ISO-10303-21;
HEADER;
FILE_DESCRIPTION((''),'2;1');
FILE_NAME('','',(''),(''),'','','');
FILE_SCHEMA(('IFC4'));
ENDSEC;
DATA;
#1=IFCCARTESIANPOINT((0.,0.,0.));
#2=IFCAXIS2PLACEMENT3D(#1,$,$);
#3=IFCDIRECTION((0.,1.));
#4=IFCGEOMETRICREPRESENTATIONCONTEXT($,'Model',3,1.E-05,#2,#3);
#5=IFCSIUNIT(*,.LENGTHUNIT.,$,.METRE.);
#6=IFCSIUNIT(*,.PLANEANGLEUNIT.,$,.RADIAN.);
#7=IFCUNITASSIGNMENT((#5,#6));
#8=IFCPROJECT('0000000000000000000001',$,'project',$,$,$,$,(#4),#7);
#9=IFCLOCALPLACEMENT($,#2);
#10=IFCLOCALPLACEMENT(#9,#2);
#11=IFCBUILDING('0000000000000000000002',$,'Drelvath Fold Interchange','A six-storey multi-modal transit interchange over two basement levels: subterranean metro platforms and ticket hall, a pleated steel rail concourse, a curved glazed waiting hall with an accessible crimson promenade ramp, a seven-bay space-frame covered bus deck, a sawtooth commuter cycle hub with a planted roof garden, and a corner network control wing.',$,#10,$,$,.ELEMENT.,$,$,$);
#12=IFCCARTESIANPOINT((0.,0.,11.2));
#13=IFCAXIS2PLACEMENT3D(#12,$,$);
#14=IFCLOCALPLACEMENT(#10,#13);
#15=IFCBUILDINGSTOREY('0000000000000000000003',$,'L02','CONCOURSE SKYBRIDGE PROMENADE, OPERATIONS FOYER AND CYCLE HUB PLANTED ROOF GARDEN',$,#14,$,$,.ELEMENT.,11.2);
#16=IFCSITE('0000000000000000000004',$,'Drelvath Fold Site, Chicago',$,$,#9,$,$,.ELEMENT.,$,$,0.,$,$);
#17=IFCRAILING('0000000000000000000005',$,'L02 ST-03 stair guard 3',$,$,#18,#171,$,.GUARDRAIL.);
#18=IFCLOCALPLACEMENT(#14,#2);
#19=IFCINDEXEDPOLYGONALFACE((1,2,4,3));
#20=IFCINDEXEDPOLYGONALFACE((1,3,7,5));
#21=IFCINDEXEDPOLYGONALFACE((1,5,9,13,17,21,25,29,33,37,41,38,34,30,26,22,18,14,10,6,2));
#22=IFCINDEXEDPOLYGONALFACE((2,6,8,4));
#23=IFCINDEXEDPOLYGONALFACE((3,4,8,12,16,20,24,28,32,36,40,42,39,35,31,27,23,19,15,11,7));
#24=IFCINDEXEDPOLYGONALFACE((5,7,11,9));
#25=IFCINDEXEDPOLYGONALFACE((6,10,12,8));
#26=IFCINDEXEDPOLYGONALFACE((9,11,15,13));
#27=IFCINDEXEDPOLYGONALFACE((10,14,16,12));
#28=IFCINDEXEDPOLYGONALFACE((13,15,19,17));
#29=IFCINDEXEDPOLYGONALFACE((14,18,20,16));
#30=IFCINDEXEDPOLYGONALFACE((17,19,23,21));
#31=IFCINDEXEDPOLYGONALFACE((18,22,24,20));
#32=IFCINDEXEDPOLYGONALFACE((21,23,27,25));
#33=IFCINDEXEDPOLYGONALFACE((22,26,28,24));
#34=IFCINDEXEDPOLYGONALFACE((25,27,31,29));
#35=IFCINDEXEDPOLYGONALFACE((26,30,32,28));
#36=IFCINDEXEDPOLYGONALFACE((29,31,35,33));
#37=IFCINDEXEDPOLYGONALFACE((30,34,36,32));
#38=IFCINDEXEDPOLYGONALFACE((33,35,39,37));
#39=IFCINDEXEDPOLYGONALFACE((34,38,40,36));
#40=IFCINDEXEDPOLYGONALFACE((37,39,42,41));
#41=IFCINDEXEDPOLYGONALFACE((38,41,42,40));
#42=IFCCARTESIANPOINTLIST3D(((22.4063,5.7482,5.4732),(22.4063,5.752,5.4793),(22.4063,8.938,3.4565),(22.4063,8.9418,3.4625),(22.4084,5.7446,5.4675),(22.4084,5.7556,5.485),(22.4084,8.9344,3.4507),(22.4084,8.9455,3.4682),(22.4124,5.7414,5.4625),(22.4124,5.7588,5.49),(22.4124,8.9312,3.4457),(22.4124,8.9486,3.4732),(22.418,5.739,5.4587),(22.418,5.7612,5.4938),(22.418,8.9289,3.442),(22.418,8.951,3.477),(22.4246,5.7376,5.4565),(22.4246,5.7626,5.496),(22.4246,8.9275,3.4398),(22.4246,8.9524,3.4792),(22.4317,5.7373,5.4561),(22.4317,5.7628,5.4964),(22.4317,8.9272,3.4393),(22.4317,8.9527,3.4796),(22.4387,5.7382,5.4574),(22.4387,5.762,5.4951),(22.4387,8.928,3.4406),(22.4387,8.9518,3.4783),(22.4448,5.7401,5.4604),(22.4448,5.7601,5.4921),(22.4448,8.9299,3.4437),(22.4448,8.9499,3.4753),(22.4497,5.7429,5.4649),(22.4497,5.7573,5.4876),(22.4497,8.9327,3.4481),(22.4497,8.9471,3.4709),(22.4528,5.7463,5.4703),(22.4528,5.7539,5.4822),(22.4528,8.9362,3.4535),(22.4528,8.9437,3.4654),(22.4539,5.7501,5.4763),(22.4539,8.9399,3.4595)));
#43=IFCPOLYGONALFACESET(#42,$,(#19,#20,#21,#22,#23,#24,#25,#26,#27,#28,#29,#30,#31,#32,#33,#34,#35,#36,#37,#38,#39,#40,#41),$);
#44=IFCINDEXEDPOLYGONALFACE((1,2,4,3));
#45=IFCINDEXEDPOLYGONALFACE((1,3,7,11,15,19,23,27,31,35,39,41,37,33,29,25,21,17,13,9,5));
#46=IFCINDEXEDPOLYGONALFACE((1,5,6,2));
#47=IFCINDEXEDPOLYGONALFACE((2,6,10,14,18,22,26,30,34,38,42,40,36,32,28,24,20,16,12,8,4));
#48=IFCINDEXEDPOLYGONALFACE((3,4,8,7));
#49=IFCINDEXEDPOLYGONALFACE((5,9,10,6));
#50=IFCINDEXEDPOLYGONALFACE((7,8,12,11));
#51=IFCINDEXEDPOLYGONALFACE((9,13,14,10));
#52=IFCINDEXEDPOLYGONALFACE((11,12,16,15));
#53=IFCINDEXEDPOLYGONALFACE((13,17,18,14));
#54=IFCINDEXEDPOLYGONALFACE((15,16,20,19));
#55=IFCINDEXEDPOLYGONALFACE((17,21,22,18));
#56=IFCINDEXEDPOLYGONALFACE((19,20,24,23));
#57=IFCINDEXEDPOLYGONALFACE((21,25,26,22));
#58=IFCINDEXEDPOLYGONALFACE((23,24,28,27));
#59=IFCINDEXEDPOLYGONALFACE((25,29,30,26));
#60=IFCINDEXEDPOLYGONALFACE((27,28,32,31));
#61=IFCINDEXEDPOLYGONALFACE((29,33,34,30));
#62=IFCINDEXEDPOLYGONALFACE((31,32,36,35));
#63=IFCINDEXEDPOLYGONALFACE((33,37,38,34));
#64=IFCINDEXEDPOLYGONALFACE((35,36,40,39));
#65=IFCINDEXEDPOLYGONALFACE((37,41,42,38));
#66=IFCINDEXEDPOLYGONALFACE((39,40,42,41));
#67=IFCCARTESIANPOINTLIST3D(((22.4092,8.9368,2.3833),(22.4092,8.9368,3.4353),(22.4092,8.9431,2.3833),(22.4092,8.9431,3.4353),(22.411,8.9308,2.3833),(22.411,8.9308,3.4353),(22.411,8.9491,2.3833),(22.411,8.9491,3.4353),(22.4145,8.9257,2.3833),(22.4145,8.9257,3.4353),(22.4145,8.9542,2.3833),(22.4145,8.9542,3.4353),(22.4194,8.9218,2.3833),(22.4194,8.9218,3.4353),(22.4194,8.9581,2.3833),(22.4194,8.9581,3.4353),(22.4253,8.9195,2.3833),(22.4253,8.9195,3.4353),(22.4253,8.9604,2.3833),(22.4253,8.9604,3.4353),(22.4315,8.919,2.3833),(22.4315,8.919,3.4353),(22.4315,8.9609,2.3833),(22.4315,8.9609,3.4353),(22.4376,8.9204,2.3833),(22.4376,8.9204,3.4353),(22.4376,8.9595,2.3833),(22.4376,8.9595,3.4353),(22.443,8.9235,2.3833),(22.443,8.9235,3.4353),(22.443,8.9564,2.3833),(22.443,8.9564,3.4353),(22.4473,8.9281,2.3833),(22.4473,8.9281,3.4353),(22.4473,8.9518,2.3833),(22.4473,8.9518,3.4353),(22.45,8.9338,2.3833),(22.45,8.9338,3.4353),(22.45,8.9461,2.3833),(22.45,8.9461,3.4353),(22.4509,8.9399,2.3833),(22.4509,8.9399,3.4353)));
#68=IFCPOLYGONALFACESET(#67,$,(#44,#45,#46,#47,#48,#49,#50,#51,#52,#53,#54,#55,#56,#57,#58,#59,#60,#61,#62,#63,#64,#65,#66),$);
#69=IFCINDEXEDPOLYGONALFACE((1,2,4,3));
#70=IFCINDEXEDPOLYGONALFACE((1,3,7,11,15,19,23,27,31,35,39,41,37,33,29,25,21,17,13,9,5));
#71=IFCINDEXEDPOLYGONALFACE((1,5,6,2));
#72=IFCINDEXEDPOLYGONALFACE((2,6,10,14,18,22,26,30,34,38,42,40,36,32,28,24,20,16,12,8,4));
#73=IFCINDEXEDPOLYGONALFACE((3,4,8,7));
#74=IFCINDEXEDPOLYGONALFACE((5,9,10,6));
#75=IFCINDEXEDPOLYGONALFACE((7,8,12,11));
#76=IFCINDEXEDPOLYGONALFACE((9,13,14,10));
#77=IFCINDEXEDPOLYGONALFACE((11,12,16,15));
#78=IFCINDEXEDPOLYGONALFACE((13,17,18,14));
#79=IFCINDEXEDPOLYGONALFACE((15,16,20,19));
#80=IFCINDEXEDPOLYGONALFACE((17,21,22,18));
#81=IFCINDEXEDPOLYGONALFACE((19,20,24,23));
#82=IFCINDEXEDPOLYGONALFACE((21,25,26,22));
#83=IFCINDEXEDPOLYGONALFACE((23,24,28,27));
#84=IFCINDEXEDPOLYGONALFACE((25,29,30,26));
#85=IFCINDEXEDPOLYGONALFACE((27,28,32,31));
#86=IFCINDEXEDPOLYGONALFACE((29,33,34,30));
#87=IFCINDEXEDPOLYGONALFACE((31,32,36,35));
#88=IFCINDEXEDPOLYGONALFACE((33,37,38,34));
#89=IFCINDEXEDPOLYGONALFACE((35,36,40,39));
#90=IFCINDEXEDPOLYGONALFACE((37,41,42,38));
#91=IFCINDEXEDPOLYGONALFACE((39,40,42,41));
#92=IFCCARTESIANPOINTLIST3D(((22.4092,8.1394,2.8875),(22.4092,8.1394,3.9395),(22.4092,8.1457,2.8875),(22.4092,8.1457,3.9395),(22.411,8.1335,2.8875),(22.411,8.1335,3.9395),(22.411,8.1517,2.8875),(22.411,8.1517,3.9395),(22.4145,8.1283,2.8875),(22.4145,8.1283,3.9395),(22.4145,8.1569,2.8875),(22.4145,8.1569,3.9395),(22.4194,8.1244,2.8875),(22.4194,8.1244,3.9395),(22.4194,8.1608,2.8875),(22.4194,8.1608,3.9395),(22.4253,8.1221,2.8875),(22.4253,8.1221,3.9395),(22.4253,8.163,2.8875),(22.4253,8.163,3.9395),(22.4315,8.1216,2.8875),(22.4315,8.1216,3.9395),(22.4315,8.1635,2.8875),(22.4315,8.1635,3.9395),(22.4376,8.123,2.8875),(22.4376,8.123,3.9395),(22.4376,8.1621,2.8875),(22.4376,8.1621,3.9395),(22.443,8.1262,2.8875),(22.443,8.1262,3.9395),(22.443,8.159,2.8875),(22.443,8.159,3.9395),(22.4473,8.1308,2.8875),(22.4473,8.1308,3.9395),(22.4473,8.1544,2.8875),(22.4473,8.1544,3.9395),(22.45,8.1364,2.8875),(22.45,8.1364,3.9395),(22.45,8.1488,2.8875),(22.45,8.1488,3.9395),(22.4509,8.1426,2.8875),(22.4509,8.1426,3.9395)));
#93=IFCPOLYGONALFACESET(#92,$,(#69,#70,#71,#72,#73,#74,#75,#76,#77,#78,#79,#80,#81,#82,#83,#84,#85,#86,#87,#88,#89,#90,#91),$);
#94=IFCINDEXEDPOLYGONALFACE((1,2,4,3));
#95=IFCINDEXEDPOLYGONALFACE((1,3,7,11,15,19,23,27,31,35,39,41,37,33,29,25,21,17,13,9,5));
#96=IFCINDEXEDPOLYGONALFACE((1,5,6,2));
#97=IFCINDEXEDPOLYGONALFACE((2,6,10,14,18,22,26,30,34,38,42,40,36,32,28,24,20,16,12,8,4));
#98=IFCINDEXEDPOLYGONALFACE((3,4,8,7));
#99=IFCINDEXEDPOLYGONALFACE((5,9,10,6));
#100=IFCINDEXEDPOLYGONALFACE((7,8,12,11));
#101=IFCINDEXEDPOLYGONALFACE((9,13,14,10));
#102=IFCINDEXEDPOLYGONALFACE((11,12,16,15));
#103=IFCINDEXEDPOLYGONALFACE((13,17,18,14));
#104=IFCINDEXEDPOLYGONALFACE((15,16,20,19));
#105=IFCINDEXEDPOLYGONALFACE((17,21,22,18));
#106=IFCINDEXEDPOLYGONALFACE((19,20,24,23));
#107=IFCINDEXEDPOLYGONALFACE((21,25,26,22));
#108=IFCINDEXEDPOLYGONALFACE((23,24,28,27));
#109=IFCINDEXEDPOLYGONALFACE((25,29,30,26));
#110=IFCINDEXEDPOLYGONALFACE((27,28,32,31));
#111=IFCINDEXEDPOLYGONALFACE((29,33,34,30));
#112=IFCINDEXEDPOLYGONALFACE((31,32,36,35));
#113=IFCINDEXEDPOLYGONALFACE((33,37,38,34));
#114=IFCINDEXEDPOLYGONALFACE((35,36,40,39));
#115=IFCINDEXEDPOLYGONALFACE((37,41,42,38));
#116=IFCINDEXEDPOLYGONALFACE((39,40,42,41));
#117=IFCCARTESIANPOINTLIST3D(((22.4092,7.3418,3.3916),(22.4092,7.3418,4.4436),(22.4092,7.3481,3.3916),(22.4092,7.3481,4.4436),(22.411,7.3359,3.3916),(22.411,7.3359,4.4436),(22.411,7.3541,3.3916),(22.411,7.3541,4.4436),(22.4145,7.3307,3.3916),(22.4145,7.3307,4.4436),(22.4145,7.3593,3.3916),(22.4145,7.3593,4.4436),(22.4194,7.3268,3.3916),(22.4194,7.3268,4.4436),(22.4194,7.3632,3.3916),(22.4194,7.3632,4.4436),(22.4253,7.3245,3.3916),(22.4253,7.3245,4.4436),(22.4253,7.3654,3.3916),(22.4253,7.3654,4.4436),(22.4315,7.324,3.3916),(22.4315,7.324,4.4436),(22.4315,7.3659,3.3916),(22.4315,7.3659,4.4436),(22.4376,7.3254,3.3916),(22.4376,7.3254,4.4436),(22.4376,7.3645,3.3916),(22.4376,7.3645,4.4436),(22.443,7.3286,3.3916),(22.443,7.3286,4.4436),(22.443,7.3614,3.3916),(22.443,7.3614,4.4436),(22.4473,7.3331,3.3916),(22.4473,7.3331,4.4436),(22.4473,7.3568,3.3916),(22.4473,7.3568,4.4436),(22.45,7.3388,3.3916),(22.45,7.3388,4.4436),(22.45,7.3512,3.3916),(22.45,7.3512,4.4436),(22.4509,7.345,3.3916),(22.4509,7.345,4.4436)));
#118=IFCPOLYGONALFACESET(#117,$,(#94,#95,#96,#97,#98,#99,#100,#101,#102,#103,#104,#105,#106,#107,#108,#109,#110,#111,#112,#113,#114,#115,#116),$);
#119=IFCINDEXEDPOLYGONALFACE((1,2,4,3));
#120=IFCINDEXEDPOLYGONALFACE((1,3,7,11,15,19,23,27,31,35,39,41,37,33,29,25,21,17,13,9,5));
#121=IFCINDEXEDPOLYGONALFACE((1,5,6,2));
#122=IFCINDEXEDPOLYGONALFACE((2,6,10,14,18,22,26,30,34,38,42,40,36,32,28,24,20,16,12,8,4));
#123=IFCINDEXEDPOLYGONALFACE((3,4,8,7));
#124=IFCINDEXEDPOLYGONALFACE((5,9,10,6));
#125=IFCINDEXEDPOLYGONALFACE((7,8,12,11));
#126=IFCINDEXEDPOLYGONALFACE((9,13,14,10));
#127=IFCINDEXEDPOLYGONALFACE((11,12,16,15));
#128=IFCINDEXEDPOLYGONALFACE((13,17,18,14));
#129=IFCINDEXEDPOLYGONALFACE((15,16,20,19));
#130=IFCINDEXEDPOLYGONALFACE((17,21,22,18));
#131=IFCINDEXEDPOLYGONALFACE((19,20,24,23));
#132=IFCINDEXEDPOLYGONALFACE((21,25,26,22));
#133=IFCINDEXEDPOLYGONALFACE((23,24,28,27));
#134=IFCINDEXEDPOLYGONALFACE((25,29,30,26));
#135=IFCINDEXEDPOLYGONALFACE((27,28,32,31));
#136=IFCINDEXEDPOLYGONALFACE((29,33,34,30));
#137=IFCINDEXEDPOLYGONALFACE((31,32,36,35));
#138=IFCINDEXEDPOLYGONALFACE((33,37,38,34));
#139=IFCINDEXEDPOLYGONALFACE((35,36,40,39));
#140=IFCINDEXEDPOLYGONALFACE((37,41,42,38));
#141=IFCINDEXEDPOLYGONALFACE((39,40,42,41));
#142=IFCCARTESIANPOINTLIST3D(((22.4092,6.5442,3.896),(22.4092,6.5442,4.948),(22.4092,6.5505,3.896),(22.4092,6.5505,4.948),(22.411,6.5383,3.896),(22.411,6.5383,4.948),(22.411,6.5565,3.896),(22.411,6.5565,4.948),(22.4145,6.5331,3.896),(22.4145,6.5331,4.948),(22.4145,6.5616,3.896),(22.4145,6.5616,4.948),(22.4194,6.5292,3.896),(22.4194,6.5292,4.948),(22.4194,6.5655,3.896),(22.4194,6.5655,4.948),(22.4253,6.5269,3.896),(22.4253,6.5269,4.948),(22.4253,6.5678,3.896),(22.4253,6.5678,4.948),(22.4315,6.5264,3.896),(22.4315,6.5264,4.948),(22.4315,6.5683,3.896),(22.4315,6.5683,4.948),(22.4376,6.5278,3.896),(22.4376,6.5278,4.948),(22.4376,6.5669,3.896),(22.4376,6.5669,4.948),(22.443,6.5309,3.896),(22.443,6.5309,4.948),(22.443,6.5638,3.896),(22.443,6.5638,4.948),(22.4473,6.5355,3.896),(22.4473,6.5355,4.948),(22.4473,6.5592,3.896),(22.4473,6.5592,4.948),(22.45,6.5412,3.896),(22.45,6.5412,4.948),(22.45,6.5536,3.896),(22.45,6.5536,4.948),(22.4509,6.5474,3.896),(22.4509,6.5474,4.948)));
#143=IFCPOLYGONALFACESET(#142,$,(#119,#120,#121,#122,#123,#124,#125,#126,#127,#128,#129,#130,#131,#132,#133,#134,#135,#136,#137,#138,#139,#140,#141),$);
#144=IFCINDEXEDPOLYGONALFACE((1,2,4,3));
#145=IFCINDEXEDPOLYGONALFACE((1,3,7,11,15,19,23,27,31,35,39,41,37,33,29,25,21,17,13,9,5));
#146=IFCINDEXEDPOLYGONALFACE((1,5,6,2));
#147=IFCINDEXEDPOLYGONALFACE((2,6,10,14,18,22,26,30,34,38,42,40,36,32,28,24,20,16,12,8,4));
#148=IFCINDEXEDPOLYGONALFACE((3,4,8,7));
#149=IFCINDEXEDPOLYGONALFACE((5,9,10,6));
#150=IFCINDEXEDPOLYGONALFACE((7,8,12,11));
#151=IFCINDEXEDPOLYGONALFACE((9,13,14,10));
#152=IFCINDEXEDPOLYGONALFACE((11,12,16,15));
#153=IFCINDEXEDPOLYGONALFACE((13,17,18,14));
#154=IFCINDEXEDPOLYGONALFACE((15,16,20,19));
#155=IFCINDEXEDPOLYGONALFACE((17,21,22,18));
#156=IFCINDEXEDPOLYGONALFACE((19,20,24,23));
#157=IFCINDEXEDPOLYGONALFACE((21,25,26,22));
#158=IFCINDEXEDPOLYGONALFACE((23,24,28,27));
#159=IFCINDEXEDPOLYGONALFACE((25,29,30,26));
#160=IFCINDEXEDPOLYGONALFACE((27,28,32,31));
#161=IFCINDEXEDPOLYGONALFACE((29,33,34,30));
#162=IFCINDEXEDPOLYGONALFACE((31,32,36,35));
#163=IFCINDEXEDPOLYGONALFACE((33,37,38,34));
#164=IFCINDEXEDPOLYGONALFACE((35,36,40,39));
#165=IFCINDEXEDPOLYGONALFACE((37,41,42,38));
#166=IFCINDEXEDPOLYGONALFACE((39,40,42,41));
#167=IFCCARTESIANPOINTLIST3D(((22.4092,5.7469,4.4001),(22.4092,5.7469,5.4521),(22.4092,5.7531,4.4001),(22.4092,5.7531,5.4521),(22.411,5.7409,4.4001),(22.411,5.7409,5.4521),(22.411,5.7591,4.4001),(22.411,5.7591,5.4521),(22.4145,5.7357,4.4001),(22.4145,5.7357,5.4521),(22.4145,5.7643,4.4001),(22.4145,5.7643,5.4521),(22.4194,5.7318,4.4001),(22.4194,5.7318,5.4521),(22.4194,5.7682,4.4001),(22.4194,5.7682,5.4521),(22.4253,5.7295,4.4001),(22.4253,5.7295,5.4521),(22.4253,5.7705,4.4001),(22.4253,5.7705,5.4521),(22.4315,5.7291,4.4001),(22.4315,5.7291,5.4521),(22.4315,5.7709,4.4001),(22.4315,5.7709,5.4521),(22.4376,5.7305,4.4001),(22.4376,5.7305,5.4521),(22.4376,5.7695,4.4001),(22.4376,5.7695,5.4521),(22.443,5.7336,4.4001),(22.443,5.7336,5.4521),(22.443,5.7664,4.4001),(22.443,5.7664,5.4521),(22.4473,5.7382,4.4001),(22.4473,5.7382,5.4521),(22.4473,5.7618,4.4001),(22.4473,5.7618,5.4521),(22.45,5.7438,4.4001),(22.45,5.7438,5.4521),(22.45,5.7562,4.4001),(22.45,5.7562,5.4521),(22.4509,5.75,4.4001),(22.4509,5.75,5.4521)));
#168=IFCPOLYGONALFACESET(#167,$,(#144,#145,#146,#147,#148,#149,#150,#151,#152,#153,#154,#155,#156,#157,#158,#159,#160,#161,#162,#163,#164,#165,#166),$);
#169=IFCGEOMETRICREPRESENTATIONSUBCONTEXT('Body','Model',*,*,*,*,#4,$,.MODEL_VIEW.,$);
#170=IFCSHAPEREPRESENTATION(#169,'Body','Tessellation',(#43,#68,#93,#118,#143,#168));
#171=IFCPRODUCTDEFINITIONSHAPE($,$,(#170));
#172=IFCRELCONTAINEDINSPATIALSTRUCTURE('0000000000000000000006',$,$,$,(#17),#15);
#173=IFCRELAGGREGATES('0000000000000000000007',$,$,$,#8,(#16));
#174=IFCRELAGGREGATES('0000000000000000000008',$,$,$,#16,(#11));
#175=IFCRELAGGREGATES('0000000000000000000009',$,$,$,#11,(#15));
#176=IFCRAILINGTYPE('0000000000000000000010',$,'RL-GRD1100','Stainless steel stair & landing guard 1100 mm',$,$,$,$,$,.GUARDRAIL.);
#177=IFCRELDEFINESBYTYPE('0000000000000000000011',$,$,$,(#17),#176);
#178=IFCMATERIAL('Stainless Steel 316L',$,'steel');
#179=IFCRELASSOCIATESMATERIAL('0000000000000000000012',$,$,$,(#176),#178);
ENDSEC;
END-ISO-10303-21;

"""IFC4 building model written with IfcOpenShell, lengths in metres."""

from ifc_helpers import new_model, si_unit, direction, frame, origin, origin_2d, place, context, subcontext, project, spatial, circle, extrude, material, type_object, element, save


model = new_model("IFC4")

# Units and contexts
model_context = context("Model", 3, precision=1e-05, world=origin(), true_north=direction((0.0, 1.0)))
body_context = subcontext(model_context, "Body", "Model", "MODEL_VIEW")
ifc_project = project(units=[si_unit("LENGTHUNIT", "METRE"), si_unit("PLANEANGLEUNIT", "RADIAN")], contexts=[model_context])

# Site, building, storey
site_placement = place(None, origin())
site = spatial("IfcSite", under=ifc_project, at=site_placement, Name="Drelvath Fold Site, Chicago", CompositionType="ELEMENT", RefElevation=0.0)
building_placement = place(site_placement, origin())
building = spatial("IfcBuilding", under=site, at=building_placement, Name="Drelvath Fold Interchange", Description="A six-storey multi-modal transit interchange over two basement levels: subterranean metro platforms and ticket hall, a pleated steel rail concourse, a curved glazed waiting hall with an accessible crimson promenade ramp, a seven-bay space-frame covered bus deck, a sawtooth commuter cycle hub with a planted roof garden, and a corner network control wing.", CompositionType="ELEMENT")
storey_placement = place(building_placement, frame((0.0, 0.0, 11.2)))
storey = spatial("IfcBuildingStorey", under=building, at=storey_placement, Name="L02", Description="CONCOURSE SKYBRIDGE PROMENADE, OPERATIONS FOYER AND CYCLE HUB PLANTED ROOF GARDEN", CompositionType="ELEMENT", Elevation=11.2)

# Railing
ifc_material_1 = material(Name="Stainless Steel 316L", Category="steel")
railing_type_1 = type_object("IfcRailingType", Name="RL-GRD1100", Description="Stainless steel stair & landing guard 1100 mm", PredefinedType="GUARDRAIL", material=ifc_material_1)
railing_1_placement = place(storey_placement, frame((22.4299, 8.9399, 2.3833)))
element("IfcRailing", 1, at=railing_1_placement, inside=storey, type_object=railing_type_1, Name="L02 ST-03 stair guard 3", PredefinedType="GUARDRAIL", context=body_context, shape_type="SweptSolid", body=[
    extrude(circle(Radius=0.0239, at=origin_2d()), frame((0.0, 0.0, 1.0762), z_axis=(0.0, -0.845232, 0.534399), x_axis=(1.0, 0.0, 0.0)), (0.0, 0.0, 1.0), 3.7739),
    extrude(circle(Radius=0.021, at=origin_2d()), origin(), (0.0, 0.0, 1.0), 1.052),
    extrude(circle(Radius=0.021, at=origin_2d()), frame((0.0, -0.7974, 0.5042)), (0.0, 0.0, 1.0), 1.052),
    extrude(circle(Radius=0.021, at=origin_2d()), frame((0.0, -1.595, 1.0083)), (0.0, 0.0, 1.0), 1.052),
    extrude(circle(Radius=0.021, at=origin_2d()), frame((0.0, -2.3926, 1.5127)), (0.0, 0.0, 1.0), 1.052),
    extrude(circle(Radius=0.021, at=origin_2d()), frame((0.0, -3.1899, 2.0168)), (0.0, 0.0, 1.0), 1.052),
])

save(model, "model.ifc")
